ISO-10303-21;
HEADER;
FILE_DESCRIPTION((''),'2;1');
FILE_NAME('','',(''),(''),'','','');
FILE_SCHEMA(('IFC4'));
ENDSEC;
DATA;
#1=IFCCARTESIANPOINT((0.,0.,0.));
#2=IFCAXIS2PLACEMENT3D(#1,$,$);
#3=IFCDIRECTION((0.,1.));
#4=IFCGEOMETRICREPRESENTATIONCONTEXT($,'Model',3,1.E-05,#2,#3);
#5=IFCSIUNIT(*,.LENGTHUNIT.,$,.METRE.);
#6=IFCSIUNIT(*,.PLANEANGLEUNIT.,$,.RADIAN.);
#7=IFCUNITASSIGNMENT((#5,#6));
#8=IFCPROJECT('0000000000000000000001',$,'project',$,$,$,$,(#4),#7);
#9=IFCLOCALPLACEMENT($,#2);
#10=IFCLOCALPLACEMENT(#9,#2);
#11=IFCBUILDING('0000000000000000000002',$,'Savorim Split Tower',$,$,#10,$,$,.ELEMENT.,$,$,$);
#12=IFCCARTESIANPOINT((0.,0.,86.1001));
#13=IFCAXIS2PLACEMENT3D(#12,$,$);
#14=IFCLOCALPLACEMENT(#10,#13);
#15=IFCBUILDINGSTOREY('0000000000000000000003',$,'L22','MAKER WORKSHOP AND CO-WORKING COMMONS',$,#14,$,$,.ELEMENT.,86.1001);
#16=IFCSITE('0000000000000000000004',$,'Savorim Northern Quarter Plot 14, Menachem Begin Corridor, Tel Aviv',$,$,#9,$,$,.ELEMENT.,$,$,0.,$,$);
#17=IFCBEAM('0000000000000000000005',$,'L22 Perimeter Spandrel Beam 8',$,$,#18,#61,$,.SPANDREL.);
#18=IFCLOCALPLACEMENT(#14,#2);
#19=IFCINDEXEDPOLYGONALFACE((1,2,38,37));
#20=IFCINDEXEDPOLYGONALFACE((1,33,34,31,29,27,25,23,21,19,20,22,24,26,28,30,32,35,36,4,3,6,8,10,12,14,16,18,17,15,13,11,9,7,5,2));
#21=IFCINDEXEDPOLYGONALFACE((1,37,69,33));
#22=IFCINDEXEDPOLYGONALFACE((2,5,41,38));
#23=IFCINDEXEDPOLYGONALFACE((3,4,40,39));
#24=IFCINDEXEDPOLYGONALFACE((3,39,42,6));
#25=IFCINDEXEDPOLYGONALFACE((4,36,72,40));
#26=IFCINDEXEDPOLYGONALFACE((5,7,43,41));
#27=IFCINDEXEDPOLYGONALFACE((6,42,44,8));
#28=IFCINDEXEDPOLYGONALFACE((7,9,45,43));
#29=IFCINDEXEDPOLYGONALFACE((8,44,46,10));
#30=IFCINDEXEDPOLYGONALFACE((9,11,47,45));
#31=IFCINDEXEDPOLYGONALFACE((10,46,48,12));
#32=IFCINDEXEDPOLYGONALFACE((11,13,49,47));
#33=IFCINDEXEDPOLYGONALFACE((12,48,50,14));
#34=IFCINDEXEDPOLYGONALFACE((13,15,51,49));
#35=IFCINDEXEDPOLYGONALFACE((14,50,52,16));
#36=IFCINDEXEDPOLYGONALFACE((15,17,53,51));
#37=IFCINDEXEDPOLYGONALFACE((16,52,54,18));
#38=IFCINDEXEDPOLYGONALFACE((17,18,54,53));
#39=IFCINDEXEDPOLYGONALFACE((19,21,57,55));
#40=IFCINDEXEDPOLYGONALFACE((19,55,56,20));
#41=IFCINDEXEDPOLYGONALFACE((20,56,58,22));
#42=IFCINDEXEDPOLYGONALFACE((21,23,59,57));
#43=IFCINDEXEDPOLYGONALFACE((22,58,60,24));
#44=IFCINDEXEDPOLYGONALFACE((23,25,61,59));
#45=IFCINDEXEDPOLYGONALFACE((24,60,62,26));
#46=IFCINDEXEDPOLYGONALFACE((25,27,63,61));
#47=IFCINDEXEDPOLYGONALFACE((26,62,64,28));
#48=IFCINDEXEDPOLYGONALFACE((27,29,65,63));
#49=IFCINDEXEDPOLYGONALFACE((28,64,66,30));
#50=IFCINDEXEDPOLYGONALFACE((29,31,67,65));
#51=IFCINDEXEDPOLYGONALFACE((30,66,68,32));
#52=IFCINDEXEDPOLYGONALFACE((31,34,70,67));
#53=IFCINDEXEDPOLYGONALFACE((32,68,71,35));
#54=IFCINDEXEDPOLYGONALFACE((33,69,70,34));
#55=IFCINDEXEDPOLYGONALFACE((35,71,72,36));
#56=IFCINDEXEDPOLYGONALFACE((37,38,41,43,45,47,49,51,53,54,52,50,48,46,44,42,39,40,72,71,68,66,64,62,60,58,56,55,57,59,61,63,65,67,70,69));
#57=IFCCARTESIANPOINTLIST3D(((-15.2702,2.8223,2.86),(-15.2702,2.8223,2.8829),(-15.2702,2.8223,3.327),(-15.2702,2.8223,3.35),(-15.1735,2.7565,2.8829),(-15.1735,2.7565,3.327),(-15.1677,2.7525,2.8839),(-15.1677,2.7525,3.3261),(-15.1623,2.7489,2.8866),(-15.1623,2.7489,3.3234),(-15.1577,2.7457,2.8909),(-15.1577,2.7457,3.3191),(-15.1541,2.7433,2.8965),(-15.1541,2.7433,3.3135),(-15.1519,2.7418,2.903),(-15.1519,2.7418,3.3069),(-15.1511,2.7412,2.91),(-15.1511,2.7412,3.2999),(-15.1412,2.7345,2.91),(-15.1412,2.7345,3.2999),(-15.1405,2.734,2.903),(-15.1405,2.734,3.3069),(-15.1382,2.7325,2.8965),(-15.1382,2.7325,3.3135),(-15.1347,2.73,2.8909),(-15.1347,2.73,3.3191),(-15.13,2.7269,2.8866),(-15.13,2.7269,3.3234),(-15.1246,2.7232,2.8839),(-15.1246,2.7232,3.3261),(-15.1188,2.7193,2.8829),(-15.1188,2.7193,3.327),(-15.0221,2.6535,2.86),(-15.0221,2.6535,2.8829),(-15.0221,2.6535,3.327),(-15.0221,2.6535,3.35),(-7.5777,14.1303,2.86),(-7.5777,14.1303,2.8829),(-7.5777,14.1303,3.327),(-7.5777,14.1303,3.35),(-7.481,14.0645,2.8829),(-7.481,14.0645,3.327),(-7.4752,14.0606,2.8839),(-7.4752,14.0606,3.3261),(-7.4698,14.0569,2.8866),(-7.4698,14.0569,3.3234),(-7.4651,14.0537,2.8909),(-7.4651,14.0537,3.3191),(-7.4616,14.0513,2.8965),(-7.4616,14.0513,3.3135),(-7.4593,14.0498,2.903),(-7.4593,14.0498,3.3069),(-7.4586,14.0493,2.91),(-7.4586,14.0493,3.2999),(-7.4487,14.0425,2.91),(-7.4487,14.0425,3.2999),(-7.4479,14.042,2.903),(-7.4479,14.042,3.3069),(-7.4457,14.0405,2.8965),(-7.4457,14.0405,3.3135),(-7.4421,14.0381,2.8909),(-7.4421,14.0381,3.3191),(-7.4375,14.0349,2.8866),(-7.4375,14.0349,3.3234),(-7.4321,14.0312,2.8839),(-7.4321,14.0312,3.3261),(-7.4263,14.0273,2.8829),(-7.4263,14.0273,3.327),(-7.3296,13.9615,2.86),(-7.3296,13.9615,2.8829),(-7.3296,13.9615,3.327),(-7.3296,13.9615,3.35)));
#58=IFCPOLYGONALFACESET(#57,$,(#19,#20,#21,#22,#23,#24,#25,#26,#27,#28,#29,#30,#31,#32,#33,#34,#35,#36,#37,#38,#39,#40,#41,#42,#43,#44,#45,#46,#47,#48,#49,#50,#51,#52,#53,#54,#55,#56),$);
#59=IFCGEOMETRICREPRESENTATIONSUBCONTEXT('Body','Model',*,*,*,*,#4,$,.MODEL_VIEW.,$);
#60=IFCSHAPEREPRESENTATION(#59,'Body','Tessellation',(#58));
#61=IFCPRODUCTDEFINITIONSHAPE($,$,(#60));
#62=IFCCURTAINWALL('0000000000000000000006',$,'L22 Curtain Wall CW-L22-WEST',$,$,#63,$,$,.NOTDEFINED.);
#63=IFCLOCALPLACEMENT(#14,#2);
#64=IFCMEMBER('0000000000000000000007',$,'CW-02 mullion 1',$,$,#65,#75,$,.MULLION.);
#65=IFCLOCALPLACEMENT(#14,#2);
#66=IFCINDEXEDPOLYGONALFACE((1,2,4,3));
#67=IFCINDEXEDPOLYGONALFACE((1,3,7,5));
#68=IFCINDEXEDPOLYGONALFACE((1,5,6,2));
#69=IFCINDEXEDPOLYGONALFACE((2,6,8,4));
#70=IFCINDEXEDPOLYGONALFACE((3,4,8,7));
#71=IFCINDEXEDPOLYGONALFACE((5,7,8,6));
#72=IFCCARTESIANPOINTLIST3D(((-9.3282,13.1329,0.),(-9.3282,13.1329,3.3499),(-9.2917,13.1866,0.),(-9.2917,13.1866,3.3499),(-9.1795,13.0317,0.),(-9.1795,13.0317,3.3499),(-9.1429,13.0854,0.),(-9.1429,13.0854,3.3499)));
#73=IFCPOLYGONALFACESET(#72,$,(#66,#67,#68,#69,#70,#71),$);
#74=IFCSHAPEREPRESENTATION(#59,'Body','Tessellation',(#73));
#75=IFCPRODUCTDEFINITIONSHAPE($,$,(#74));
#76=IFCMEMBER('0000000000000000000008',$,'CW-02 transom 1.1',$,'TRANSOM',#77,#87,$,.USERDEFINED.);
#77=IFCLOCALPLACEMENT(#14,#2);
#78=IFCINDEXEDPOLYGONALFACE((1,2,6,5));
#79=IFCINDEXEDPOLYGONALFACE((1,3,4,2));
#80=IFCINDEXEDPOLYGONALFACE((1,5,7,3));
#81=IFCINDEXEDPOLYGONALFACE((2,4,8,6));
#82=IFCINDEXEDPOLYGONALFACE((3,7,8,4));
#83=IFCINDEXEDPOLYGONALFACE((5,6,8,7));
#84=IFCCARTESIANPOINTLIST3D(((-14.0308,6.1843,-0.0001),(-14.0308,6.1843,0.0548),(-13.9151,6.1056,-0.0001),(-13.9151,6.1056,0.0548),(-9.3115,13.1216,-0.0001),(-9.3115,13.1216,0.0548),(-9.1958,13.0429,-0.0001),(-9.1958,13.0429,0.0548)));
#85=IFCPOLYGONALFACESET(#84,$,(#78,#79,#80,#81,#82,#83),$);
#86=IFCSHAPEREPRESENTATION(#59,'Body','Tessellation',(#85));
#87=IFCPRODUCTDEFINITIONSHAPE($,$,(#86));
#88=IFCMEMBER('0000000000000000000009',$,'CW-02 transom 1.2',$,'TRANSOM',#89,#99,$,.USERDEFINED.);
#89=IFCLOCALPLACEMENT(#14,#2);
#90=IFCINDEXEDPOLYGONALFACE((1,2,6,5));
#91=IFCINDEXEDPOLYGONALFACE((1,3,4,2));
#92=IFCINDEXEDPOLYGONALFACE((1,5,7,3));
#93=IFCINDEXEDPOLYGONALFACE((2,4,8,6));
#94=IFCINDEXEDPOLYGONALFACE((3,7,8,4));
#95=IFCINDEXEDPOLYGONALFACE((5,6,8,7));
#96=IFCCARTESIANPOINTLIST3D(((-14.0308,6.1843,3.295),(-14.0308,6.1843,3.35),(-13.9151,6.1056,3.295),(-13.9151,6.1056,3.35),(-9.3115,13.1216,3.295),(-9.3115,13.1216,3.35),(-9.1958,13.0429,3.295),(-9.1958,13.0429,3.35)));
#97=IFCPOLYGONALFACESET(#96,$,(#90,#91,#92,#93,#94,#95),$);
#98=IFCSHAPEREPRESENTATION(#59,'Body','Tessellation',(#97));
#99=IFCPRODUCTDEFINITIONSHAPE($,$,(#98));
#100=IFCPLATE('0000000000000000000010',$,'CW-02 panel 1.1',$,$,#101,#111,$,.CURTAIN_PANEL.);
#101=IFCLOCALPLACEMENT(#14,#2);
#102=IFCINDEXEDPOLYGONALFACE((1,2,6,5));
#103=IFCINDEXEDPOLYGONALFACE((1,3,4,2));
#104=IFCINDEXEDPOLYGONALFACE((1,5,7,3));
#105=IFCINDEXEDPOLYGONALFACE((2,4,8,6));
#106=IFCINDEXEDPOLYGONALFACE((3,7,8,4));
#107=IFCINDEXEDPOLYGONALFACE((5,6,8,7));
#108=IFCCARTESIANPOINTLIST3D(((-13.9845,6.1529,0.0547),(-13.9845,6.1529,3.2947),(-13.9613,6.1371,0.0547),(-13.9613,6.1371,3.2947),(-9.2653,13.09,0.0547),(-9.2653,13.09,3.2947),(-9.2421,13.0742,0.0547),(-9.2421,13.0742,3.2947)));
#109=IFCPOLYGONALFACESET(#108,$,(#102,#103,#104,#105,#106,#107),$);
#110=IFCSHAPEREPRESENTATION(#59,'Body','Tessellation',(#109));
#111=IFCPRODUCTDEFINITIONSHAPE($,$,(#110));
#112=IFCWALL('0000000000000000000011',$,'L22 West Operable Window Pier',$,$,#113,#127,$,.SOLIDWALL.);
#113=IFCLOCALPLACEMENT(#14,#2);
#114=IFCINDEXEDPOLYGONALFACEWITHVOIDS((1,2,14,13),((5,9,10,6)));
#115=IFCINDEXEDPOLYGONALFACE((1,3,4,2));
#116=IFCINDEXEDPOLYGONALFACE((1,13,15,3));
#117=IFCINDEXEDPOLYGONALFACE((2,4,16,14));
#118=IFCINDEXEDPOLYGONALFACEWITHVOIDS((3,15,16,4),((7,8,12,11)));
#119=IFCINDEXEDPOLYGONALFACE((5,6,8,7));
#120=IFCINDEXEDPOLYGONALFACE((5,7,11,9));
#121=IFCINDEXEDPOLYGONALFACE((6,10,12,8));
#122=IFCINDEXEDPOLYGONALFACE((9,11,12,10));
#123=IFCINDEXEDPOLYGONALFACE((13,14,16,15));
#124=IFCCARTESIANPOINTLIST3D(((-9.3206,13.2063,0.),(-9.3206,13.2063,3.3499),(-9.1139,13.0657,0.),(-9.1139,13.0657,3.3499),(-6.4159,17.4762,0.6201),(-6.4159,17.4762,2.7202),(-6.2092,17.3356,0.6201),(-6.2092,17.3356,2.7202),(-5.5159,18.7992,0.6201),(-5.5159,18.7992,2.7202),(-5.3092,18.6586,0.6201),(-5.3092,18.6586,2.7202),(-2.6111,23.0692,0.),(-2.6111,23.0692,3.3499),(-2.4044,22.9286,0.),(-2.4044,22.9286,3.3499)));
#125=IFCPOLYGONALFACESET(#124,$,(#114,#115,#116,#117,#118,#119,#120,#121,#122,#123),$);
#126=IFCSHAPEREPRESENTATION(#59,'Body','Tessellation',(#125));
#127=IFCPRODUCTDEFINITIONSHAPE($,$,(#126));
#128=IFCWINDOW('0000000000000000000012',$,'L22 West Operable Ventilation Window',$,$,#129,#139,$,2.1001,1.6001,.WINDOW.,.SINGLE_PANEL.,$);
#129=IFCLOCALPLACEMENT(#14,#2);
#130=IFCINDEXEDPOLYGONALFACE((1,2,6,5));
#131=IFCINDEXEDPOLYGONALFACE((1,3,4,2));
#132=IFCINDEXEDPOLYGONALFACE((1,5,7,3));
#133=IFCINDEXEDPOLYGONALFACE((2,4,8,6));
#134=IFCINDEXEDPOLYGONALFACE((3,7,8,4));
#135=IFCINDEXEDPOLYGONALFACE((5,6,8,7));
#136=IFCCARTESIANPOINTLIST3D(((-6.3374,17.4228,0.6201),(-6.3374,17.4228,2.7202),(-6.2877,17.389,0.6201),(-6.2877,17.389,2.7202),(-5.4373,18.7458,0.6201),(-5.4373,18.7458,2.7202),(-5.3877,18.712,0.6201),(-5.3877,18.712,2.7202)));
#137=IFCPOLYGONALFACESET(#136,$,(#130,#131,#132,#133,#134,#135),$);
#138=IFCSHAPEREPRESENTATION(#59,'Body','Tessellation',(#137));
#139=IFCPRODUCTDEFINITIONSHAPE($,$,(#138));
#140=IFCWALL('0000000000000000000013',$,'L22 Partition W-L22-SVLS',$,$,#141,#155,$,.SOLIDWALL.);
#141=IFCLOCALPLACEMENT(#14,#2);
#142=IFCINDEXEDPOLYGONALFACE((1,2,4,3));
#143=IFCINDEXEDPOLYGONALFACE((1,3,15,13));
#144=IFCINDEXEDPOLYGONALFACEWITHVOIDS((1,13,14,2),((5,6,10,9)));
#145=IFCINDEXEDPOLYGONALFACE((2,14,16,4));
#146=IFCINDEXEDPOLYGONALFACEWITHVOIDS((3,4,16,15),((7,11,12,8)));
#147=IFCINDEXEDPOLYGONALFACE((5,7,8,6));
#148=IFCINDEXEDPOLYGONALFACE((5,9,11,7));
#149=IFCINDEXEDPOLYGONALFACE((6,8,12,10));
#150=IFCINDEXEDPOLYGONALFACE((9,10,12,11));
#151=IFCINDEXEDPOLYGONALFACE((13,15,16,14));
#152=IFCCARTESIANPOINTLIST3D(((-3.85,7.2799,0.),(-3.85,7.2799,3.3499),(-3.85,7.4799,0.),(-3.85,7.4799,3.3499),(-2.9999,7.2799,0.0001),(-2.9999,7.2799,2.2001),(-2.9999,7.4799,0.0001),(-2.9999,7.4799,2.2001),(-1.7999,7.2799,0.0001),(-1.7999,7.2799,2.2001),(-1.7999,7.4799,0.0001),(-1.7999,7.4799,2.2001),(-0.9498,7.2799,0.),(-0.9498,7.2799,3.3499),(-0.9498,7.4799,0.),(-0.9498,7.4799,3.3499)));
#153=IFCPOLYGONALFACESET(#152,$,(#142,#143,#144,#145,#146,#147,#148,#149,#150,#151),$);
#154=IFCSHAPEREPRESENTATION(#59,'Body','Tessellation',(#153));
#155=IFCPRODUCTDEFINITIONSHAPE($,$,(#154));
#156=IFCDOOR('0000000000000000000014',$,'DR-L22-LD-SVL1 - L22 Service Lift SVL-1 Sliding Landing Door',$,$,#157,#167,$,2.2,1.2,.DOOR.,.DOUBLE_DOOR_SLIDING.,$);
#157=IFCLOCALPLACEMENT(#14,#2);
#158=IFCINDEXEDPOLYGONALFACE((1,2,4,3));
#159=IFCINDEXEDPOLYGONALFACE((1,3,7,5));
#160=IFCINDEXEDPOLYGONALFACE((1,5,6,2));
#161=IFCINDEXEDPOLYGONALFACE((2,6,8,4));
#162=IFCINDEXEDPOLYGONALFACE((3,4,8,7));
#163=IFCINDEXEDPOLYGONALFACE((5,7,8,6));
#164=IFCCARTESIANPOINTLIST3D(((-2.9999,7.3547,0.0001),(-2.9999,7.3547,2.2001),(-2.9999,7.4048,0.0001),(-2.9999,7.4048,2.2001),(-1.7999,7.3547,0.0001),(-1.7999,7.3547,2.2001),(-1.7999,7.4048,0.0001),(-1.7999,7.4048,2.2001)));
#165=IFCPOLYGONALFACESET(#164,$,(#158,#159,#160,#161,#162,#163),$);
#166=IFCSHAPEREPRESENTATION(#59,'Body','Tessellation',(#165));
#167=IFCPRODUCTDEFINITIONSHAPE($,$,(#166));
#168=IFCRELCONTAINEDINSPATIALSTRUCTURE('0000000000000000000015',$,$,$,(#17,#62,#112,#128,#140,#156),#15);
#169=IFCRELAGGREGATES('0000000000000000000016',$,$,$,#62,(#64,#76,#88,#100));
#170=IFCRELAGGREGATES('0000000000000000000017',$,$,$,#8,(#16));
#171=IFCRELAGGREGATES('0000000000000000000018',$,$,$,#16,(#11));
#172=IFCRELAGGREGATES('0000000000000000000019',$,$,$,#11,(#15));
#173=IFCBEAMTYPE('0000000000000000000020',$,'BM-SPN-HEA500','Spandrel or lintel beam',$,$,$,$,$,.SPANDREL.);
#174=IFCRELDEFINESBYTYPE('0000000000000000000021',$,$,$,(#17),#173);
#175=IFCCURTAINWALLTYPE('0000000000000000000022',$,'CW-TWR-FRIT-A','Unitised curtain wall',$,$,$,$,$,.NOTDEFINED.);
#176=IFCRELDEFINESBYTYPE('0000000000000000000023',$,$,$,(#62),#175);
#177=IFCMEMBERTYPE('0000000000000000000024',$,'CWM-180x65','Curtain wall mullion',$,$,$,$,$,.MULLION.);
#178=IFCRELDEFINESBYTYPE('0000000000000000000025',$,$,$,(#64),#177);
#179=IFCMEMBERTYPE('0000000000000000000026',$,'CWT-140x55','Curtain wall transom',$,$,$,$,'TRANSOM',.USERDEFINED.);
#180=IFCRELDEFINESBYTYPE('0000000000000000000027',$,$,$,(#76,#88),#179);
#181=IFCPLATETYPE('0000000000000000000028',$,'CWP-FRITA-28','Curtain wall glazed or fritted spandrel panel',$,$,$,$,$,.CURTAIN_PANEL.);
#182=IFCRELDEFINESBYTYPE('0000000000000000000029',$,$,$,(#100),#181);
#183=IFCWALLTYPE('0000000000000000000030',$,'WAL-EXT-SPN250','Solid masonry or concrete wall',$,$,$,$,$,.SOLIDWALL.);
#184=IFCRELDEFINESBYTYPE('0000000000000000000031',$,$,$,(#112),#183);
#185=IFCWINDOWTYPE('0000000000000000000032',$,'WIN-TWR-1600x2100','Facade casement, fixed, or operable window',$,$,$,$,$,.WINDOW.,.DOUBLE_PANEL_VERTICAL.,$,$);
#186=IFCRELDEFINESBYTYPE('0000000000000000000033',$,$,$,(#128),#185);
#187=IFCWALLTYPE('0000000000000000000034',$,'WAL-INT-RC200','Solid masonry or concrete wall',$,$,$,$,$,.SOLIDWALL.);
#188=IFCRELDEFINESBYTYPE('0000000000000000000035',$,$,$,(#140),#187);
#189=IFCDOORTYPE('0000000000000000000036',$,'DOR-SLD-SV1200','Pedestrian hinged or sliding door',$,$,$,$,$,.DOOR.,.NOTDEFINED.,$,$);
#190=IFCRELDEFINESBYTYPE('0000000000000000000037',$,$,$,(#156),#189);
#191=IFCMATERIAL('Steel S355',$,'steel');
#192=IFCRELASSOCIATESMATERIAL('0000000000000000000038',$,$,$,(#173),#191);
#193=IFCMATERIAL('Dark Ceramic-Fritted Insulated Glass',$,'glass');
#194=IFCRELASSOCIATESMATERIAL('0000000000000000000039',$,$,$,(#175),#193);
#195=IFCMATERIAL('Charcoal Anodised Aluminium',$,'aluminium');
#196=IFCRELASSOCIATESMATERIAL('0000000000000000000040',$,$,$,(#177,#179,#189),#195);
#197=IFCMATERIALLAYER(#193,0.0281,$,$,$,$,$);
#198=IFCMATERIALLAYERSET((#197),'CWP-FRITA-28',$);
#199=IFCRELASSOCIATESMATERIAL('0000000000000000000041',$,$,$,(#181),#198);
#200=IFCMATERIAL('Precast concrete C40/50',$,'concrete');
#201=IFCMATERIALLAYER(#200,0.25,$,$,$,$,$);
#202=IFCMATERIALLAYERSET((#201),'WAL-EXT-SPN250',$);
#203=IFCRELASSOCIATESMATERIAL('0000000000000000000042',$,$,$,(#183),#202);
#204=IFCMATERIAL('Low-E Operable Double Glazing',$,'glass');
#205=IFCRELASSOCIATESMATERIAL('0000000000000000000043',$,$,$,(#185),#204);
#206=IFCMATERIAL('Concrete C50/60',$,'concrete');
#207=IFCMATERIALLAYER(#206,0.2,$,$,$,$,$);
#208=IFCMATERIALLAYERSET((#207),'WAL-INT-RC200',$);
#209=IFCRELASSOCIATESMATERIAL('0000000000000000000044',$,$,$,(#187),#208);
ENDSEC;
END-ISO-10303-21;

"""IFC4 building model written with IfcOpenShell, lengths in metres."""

from ifc_helpers import new_model, si_unit, direction, frame, frame_2d, origin, origin_2d, place, context, subcontext, project, spatial, rectangle, i_section, extrude, material, layer, layer_set, material_profile, profile_set, type_object, element, fill, aggregate, save


model = new_model("IFC4")

# Units and contexts
model_context = context("Model", 3, precision=1e-05, world=origin(), true_north=direction((0.0, 1.0)))
body_context = subcontext(model_context, "Body", "Model", "MODEL_VIEW")
ifc_project = project(units=[si_unit("LENGTHUNIT", "METRE"), si_unit("PLANEANGLEUNIT", "RADIAN")], contexts=[model_context])

# Site, building, storey
site_placement = place(None, origin())
site = spatial("IfcSite", under=ifc_project, at=site_placement, Name="Savorim Northern Quarter Plot 14, Menachem Begin Corridor, Tel Aviv", CompositionType="ELEMENT", RefElevation=0.0)
building_placement = place(site_placement, origin())
building = spatial("IfcBuilding", under=site, at=building_placement, Name="Savorim Split Tower", CompositionType="ELEMENT")
storey_placement = place(building_placement, frame((0.0, 0.0, 86.1001)))
storey = spatial("IfcBuildingStorey", under=building, at=storey_placement, Name="L22", Description="MAKER WORKSHOP AND CO-WORKING COMMONS", CompositionType="ELEMENT", Elevation=86.1001)

# Beam
ifc_material_1 = material(Name="Steel S355", Category="steel")
ifc_material_profile_1 = material_profile(ifc_material_1, i_section(OverallWidth=0.3, OverallDepth=0.49, WebThickness=0.012, FlangeThickness=0.0229, FilletRadius=0.0271, at=origin_2d()), Name="HEA 500")
ifc_profile_set_1 = profile_set([ifc_material_profile_1], Name="Steel S355")
beam_type_1 = type_object("IfcBeamType", Name="BM-SPN-HEA500", Description="Spandrel or lintel beam", PredefinedType="SPANDREL", material=ifc_profile_set_1)
beam_1_placement = place(storey_placement, frame((-7.4536, 14.0459, 3.105), z_axis=(-0.562466, -0.826821, 0.0), x_axis=(0.826821, -0.562466, 0.0)))
element("IfcBeam", 1, at=beam_1_placement, inside=storey, type_object=beam_type_1, Name="L22 Perimeter Spandrel Beam 8", PredefinedType="SPANDREL", context=body_context, shape_type="SweptSolid", body=[
    extrude(i_section(OverallWidth=0.3, OverallDepth=0.49, WebThickness=0.012, FlangeThickness=0.0229, FilletRadius=0.0271, at=origin_2d()), origin(), (0.0, 0.0, 1.0), 13.6765),
])

# Curtain wall, members, plate
ifc_material_2 = material(Name="Dark Ceramic-Fritted Insulated Glass", Category="glass")
curtain_wall_type = type_object("IfcCurtainWallType", Name="CW-TWR-FRIT-A", Description="Unitised curtain wall", PredefinedType="NOTDEFINED", material=ifc_material_2)
curtain_wall_placement = place(storey_placement, origin())
curtain_wall = element("IfcCurtainWall", 2, at=curtain_wall_placement, inside=storey, type_object=curtain_wall_type, Name="L22 Curtain Wall CW-L22-WEST", PredefinedType="NOTDEFINED")
ifc_material_3 = material(Name="Charcoal Anodised Aluminium", Category="aluminium")
ifc_material_profile_2 = material_profile(ifc_material_3, rectangle(XDim=0.1799, YDim=0.0649, at=origin_2d()), Name="ALU-M 180x65")
ifc_profile_set_2 = profile_set([ifc_material_profile_2], Name="Charcoal Anodised Aluminium")
member_type_1 = type_object("IfcMemberType", Name="CWM-180x65", Description="Curtain wall mullion", PredefinedType="MULLION", material=ifc_profile_set_2)
member_1_placement = place(storey_placement, frame((-9.2356, 13.1091, 0.0), z_axis=(0.0, 0.0, 1.0), x_axis=(0.826819, -0.562468, 0.0)))
member_1 = element("IfcMember", 3, at=member_1_placement, type_object=member_type_1, Name="CW-02 mullion 1", PredefinedType="MULLION", context=body_context, shape_type="SweptSolid", body=[
    extrude(rectangle(XDim=0.1799, YDim=0.0649, at=origin_2d()), origin(), (0.0, 0.0, 1.0), 3.3499),
])
ifc_material_profile_3 = material_profile(ifc_material_3, rectangle(XDim=0.1399, YDim=0.0549, at=origin_2d()), Name="ALU-T 140x55")
ifc_profile_set_3 = profile_set([ifc_material_profile_3], Name="Charcoal Anodised Aluminium")
member_type_2 = type_object("IfcMemberType", Name="CWT-140x55", Description="Curtain wall transom", ElementType="TRANSOM", PredefinedType="USERDEFINED", material=ifc_profile_set_3)
member_2_placement = place(storey_placement, frame((-9.2537, 13.0823, 0.0273), z_axis=(-0.562465, -0.826821, 0.0), x_axis=(0.826821, -0.562465, 0.0)))
member_2 = element("IfcMember", 4, at=member_2_placement, type_object=member_type_2, Name="CW-02 transom 1.1", ObjectType="TRANSOM", PredefinedType="USERDEFINED", context=body_context, shape_type="SweptSolid", body=[
    extrude(rectangle(XDim=0.1399, YDim=0.0549, at=origin_2d()), origin(), (0.0, 0.0, 1.0), 8.3904),
])
member_3_placement = place(storey_placement, frame((-9.2537, 13.0823, 3.3225), z_axis=(-0.562465, -0.826821, 0.0), x_axis=(0.826821, -0.562465, 0.0)))
member_3 = element("IfcMember", 5, at=member_3_placement, type_object=member_type_2, Name="CW-02 transom 1.2", ObjectType="TRANSOM", PredefinedType="USERDEFINED", context=body_context, shape_type="SweptSolid", body=[
    extrude(rectangle(XDim=0.1399, YDim=0.0549, at=origin_2d()), origin(), (0.0, 0.0, 1.0), 8.3904),
])
ifc_layer_1 = layer(ifc_material_2, 0.0281)
ifc_layer_set_1 = layer_set([ifc_layer_1], Name="CWP-FRITA-28")
plate_type = type_object("IfcPlateType", Name="CWP-FRITA-28", Description="Curtain wall glazed or fritted spandrel panel", PredefinedType="CURTAIN_PANEL", material=ifc_layer_set_1)
plate_placement = place(storey_placement, frame((-11.6133, 9.6135, 0.0547), z_axis=(0.0, 0.0, 1.0), x_axis=(-0.562468, -0.826819, 0.0)))
plate = element("IfcPlate", 6, at=plate_placement, type_object=plate_type, Name="CW-02 panel 1.1", PredefinedType="CURTAIN_PANEL", context=body_context, shape_type="SweptSolid", body=[
    extrude(rectangle(XDim=8.3901, YDim=0.0281, at=origin_2d()), origin(), (0.0, 0.0, 1.0), 3.24),
])
aggregate(curtain_wall, [member_1, member_2, member_3, plate])

# Shared definitions
ifc_material_4 = material(Name="Precast concrete C40/50", Category="concrete")

# Wall, opening, window
ifc_layer_2 = layer(ifc_material_4, 0.25)
ifc_layer_set_2 = layer_set([ifc_layer_2], Name="WAL-EXT-SPN250")
wall_type_1 = type_object("IfcWallType", Name="WAL-EXT-SPN250", Description="Solid masonry or concrete wall", PredefinedType="SOLIDWALL", material=ifc_layer_set_2)
wall_1_placement = place(storey_placement, frame((-9.2173, 13.136, 0.0), z_axis=(0.0, 0.0, 1.0), x_axis=(0.562469, 0.826818, 0.0)))
wall_1 = element("IfcWall", 7, at=wall_1_placement, inside=storey, type_object=wall_type_1, Name="L22 West Operable Window Pier", PredefinedType="SOLIDWALL", context=body_context, shape_type="SweptSolid", body=[
    extrude(rectangle(XDim=11.9287, YDim=0.25, at=frame_2d((5.9644, 0.0))), origin(), (0.0, 0.0, 1.0), 3.3499),
])
opening_1_placement = place(wall_1_placement, frame((5.1643, 0.0, 0.6201)))
opening_1 = element("IfcOpeningElement", 8, at=opening_1_placement, cuts=wall_1, PredefinedType="OPENING", context=body_context, shape_type="SweptSolid", body=[
    extrude(rectangle(XDim=1.6001, YDim=2.1001, at=frame_2d((0.8, 1.05))), frame((0.0, 0.135, 0.0), z_axis=(0.0, -1.0, 0.0), x_axis=(1.0, 0.0, 0.0)), (0.0, 0.0, 1.0), 0.27),
])
ifc_material_5 = material(Name="Low-E Operable Double Glazing", Category="glass")
window_type = type_object("IfcWindowType", Name="WIN-TWR-1600x2100", Description="Facade casement, fixed, or operable window", PartitioningType="DOUBLE_PANEL_VERTICAL", PredefinedType="WINDOW", material=ifc_material_5)
window_placement = place(opening_1_placement, origin())
window = element("IfcWindow", 9, at=window_placement, inside=storey, type_object=window_type, Name="L22 West Operable Ventilation Window", OverallHeight=2.1001, OverallWidth=1.6001, PartitioningType="SINGLE_PANEL", PredefinedType="WINDOW", context=body_context, shape_type="SweptSolid", body=[
    extrude(rectangle(XDim=1.6001, YDim=2.1001, at=frame_2d((0.8, 1.05))), frame((0.0, 0.03, 0.0), z_axis=(0.0, -1.0, 0.0), x_axis=(1.0, 0.0, 0.0)), (0.0, 0.0, 1.0), 0.0601),
])
fill(opening_1, window)

# Wall, opening, door
ifc_material_6 = material(Name="Concrete C50/60", Category="concrete")
ifc_layer_3 = layer(ifc_material_6, 0.2)
ifc_layer_set_3 = layer_set([ifc_layer_3], Name="WAL-INT-RC200")
wall_type_2 = type_object("IfcWallType", Name="WAL-INT-RC200", Description="Solid masonry or concrete wall", PredefinedType="SOLIDWALL", material=ifc_layer_set_3)
wall_2_placement = place(storey_placement, frame((-3.8501, 7.3799, 0.0), z_axis=(0.0, 0.0, 1.0), x_axis=(1.0, 0.0, 0.0)))
wall_2 = element("IfcWall", 10, at=wall_2_placement, inside=storey, type_object=wall_type_2, Name="L22 Partition W-L22-SVLS", PredefinedType="SOLIDWALL", context=body_context, shape_type="SweptSolid", body=[
    extrude(rectangle(XDim=2.9001, YDim=0.2, at=frame_2d((1.4502, 0.0))), origin(), (0.0, 0.0, 1.0), 3.3499),
])
opening_2_placement = place(wall_2_placement, frame((0.8501, 0.0, 0.0)))
opening_2 = element("IfcOpeningElement", 11, at=opening_2_placement, cuts=wall_2, PredefinedType="OPENING", context=body_context, shape_type="SweptSolid", body=[
    extrude(rectangle(XDim=1.2, YDim=2.2, at=frame_2d((0.6001, 1.1001))), frame((0.0, 0.1099, 0.0), z_axis=(0.0, -1.0, 0.0), x_axis=(1.0, 0.0, 0.0)), (0.0, 0.0, 1.0), 0.22),
])
door_type_1 = type_object("IfcDoorType", Name="DOR-SLD-SV1200", Description="Pedestrian hinged or sliding door", OperationType="NOTDEFINED", PredefinedType="DOOR", material=ifc_material_3)
door_1_placement = place(opening_2_placement, origin())
door_1 = element("IfcDoor", 12, at=door_1_placement, inside=storey, type_object=door_type_1, Name="DR-L22-LD-SVL1 - L22 Service Lift SVL-1 Sliding Landing Door", OperationType="DOUBLE_DOOR_SLIDING", OverallHeight=2.2, OverallWidth=1.2, PredefinedType="DOOR", context=body_context, shape_type="SweptSolid", body=[
    extrude(rectangle(XDim=1.2, YDim=2.2, at=frame_2d((0.6001, 1.1001))), frame((0.0, 0.0249, 0.0), z_axis=(0.0, -1.0, 0.0), x_axis=(1.0, 0.0, 0.0)), (0.0, 0.0, 1.0), 0.05),
])
fill(opening_2, door_1)

save(model, "model.ifc")
